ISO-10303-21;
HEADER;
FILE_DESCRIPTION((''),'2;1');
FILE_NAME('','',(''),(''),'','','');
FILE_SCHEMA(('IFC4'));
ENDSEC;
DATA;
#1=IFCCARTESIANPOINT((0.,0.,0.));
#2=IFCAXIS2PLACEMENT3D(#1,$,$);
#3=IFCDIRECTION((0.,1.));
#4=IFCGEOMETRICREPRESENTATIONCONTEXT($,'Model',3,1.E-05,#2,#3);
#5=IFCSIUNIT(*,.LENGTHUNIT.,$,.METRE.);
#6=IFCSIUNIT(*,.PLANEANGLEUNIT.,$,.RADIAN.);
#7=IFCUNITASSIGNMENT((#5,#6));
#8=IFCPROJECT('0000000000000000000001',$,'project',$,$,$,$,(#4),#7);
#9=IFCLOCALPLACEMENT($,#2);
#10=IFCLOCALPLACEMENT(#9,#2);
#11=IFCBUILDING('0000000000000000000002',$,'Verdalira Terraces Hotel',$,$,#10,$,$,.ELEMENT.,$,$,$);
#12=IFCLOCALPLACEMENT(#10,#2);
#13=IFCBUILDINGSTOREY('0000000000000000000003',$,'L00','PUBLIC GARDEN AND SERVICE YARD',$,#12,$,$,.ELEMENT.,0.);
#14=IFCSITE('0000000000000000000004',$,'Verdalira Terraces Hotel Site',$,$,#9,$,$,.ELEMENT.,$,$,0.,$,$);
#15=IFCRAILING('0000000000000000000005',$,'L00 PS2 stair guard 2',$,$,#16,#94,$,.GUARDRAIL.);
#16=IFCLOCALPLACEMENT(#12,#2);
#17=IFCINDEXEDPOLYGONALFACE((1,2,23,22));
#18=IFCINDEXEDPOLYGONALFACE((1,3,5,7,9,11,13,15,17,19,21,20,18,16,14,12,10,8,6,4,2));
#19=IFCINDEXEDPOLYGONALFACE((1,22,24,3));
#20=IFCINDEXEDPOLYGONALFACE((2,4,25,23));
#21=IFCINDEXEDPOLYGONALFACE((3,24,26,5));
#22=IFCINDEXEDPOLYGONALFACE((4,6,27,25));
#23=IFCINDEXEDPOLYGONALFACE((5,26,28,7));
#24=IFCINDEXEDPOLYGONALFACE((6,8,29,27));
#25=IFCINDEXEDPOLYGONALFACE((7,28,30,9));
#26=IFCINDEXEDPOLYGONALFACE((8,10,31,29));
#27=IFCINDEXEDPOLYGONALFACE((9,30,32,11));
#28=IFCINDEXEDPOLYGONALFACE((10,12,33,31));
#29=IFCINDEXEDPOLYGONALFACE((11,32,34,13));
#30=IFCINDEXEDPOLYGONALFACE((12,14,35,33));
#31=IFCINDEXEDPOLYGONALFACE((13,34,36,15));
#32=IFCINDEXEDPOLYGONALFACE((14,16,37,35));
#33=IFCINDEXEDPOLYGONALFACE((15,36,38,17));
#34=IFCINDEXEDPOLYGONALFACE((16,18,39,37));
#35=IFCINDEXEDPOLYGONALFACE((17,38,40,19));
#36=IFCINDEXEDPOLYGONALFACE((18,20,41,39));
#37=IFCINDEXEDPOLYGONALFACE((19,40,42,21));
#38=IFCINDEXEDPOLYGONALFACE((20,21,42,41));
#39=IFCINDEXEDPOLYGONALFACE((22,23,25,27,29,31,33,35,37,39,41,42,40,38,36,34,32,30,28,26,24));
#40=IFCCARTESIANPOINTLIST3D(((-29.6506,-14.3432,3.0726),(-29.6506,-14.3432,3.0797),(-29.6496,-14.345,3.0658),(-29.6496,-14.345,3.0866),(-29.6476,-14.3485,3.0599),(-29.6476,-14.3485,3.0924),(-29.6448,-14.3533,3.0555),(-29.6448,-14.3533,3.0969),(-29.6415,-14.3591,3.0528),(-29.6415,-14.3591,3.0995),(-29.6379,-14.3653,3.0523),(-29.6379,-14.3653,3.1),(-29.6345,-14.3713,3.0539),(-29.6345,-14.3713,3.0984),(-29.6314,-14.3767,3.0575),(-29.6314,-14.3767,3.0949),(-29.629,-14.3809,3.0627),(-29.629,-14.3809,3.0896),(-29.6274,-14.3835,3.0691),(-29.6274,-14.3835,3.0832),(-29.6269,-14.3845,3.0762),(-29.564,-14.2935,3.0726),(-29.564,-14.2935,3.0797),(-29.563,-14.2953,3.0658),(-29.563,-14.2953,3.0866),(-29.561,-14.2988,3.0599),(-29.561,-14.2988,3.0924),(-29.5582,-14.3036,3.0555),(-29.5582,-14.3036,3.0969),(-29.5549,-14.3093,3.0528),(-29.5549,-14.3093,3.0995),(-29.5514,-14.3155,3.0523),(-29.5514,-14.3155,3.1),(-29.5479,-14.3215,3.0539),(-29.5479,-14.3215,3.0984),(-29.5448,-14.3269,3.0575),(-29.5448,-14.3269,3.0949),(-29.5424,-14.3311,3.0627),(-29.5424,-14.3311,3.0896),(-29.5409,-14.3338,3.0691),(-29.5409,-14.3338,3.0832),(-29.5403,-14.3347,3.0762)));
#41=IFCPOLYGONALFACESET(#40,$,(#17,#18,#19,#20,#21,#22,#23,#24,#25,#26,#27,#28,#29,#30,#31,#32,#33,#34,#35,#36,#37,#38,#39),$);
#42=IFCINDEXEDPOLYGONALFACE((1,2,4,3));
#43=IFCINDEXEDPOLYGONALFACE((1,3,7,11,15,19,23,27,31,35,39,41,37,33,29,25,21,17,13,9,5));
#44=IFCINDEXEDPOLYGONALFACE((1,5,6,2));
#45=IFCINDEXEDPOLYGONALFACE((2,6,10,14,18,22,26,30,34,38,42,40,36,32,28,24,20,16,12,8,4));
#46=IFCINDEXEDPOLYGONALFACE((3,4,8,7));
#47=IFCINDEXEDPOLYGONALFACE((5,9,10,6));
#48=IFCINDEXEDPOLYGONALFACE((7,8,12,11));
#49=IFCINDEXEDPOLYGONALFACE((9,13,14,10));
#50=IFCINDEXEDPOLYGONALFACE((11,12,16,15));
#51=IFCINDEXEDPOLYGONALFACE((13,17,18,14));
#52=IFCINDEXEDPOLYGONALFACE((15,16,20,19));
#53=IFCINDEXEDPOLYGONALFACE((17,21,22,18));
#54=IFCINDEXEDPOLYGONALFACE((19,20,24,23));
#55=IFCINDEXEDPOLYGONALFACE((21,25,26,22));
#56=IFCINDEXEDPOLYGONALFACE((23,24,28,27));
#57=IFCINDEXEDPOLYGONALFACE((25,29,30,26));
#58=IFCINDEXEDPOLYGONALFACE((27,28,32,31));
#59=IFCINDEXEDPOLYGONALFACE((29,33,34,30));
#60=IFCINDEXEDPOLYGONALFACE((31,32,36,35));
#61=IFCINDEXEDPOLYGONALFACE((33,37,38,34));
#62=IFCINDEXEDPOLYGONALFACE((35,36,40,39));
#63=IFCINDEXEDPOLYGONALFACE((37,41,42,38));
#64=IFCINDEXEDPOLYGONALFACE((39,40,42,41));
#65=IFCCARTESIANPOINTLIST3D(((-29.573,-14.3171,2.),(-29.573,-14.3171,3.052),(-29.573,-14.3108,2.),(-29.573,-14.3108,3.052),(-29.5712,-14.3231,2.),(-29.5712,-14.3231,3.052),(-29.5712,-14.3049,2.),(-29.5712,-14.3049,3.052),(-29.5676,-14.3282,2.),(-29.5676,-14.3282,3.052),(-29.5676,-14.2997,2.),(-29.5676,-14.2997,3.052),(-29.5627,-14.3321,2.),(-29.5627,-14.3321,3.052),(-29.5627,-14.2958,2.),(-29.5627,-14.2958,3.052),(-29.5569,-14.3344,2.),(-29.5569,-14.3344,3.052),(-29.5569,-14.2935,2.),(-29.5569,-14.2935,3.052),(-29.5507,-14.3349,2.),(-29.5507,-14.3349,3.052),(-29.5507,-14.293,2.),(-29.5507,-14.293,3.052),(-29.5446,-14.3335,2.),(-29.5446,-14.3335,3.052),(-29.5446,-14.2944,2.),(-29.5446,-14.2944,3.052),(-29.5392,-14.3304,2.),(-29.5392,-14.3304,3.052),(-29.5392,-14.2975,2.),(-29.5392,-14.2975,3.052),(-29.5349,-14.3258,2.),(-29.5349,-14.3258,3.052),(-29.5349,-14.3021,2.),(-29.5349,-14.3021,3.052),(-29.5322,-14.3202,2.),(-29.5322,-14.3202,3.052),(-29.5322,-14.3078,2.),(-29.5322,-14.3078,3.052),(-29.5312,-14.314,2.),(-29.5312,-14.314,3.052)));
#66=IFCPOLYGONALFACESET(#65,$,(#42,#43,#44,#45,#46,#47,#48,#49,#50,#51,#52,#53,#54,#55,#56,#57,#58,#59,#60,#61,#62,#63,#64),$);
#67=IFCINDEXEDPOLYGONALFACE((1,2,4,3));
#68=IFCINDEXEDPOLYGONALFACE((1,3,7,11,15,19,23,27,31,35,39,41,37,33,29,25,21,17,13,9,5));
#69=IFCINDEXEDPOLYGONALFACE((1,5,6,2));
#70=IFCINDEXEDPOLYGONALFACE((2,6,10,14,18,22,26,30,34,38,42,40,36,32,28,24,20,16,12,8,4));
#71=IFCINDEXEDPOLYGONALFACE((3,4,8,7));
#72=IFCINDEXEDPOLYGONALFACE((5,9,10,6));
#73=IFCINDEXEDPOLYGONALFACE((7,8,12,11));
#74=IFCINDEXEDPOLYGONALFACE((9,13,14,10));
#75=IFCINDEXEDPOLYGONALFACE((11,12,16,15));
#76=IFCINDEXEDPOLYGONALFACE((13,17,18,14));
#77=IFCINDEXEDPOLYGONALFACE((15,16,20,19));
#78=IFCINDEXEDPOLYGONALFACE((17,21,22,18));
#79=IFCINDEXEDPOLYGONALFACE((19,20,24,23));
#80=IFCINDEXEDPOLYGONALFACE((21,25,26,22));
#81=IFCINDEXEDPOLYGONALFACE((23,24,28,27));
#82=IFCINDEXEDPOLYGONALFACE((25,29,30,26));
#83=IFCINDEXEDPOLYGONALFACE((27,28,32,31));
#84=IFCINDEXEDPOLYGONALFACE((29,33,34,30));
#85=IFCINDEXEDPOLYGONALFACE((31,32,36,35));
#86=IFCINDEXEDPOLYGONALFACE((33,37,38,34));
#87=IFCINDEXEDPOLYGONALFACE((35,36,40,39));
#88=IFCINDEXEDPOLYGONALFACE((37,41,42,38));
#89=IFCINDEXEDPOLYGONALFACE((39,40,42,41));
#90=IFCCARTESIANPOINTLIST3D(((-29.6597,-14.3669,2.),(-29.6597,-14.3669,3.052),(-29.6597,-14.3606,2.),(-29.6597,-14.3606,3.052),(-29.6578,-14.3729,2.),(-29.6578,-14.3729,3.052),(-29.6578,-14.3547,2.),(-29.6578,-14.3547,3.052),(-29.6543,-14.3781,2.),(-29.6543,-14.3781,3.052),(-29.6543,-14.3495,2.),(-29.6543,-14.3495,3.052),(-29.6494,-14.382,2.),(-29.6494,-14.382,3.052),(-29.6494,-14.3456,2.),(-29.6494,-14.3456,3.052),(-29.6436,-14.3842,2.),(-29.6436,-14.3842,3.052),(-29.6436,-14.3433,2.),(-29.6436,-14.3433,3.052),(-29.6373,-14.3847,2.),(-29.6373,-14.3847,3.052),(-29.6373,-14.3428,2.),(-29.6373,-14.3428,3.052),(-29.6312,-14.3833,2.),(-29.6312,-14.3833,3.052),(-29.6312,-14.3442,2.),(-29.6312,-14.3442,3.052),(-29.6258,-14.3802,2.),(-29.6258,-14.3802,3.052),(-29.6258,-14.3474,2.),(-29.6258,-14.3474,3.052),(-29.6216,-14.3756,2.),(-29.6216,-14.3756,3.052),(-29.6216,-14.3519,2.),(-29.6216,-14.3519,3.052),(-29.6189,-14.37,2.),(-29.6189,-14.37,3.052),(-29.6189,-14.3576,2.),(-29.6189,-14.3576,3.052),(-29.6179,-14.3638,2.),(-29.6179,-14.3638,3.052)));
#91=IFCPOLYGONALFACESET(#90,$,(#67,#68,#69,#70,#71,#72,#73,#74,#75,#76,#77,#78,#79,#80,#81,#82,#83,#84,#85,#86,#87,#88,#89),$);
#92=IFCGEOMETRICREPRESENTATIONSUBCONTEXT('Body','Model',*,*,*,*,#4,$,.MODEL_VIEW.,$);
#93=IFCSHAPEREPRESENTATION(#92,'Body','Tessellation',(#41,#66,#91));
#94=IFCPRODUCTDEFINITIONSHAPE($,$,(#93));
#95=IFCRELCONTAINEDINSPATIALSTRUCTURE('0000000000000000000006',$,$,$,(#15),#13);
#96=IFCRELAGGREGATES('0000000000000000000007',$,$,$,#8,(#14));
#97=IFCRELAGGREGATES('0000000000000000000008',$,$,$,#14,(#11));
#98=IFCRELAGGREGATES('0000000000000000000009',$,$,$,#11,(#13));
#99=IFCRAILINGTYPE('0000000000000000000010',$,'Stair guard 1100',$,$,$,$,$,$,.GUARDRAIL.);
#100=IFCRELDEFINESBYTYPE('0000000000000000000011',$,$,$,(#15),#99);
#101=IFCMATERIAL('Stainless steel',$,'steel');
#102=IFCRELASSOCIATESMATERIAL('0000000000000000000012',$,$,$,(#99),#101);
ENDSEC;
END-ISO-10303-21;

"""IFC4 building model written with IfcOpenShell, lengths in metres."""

from ifc_helpers import new_model, si_unit, direction, frame, origin, origin_2d, place, context, subcontext, project, spatial, circle, extrude, material, type_object, element, save


model = new_model("IFC4")

# Units and contexts
model_context = context("Model", 3, precision=1e-05, world=origin(), true_north=direction((0.0, 1.0)))
body_context = subcontext(model_context, "Body", "Model", "MODEL_VIEW")
ifc_project = project(units=[si_unit("LENGTHUNIT", "METRE"), si_unit("PLANEANGLEUNIT", "RADIAN")], contexts=[model_context])

# Site, building, storey
site_placement = place(None, origin())
site = spatial("IfcSite", under=ifc_project, at=site_placement, Name="Verdalira Terraces Hotel Site", CompositionType="ELEMENT", RefElevation=0.0)
building_placement = place(site_placement, origin())
building = spatial("IfcBuilding", under=site, at=building_placement, Name="Verdalira Terraces Hotel", CompositionType="ELEMENT")
storey_placement = place(building_placement, origin())
storey = spatial("IfcBuildingStorey", under=building, at=storey_placement, Name="L00", Description="PUBLIC GARDEN AND SERVICE YARD", CompositionType="ELEMENT", Elevation=0.0)

# Railing
ifc_material_1 = material(Name="Stainless steel", Category="steel")
railing_type = type_object("IfcRailingType", Name="Stair guard 1100", PredefinedType="GUARDRAIL", material=ifc_material_1)
railing_1_placement = place(storey_placement, frame((-29.5522, -14.314, 2.0)))
element("IfcRailing", 1, at=railing_1_placement, inside=storey, type_object=railing_type, Name="L00 PS2 stair guard 2", PredefinedType="GUARDRAIL", context=body_context, shape_type="SweptSolid", body=[
    extrude(circle(Radius=0.0239, at=origin_2d()), frame((0.0, 0.0, 1.0762), z_axis=(-0.867038, -0.498242, 0.0), x_axis=(0.498242, -0.867038, 0.0)), (0.0, 0.0, 1.0), 0.0999),
    extrude(circle(Radius=0.021, at=origin_2d()), origin(), (0.0, 0.0, 1.0), 1.052),
    extrude(circle(Radius=0.021, at=origin_2d()), frame((-0.0867, -0.0498, 0.0)), (0.0, 0.0, 1.0), 1.052),
])

save(model, "model.ifc")
